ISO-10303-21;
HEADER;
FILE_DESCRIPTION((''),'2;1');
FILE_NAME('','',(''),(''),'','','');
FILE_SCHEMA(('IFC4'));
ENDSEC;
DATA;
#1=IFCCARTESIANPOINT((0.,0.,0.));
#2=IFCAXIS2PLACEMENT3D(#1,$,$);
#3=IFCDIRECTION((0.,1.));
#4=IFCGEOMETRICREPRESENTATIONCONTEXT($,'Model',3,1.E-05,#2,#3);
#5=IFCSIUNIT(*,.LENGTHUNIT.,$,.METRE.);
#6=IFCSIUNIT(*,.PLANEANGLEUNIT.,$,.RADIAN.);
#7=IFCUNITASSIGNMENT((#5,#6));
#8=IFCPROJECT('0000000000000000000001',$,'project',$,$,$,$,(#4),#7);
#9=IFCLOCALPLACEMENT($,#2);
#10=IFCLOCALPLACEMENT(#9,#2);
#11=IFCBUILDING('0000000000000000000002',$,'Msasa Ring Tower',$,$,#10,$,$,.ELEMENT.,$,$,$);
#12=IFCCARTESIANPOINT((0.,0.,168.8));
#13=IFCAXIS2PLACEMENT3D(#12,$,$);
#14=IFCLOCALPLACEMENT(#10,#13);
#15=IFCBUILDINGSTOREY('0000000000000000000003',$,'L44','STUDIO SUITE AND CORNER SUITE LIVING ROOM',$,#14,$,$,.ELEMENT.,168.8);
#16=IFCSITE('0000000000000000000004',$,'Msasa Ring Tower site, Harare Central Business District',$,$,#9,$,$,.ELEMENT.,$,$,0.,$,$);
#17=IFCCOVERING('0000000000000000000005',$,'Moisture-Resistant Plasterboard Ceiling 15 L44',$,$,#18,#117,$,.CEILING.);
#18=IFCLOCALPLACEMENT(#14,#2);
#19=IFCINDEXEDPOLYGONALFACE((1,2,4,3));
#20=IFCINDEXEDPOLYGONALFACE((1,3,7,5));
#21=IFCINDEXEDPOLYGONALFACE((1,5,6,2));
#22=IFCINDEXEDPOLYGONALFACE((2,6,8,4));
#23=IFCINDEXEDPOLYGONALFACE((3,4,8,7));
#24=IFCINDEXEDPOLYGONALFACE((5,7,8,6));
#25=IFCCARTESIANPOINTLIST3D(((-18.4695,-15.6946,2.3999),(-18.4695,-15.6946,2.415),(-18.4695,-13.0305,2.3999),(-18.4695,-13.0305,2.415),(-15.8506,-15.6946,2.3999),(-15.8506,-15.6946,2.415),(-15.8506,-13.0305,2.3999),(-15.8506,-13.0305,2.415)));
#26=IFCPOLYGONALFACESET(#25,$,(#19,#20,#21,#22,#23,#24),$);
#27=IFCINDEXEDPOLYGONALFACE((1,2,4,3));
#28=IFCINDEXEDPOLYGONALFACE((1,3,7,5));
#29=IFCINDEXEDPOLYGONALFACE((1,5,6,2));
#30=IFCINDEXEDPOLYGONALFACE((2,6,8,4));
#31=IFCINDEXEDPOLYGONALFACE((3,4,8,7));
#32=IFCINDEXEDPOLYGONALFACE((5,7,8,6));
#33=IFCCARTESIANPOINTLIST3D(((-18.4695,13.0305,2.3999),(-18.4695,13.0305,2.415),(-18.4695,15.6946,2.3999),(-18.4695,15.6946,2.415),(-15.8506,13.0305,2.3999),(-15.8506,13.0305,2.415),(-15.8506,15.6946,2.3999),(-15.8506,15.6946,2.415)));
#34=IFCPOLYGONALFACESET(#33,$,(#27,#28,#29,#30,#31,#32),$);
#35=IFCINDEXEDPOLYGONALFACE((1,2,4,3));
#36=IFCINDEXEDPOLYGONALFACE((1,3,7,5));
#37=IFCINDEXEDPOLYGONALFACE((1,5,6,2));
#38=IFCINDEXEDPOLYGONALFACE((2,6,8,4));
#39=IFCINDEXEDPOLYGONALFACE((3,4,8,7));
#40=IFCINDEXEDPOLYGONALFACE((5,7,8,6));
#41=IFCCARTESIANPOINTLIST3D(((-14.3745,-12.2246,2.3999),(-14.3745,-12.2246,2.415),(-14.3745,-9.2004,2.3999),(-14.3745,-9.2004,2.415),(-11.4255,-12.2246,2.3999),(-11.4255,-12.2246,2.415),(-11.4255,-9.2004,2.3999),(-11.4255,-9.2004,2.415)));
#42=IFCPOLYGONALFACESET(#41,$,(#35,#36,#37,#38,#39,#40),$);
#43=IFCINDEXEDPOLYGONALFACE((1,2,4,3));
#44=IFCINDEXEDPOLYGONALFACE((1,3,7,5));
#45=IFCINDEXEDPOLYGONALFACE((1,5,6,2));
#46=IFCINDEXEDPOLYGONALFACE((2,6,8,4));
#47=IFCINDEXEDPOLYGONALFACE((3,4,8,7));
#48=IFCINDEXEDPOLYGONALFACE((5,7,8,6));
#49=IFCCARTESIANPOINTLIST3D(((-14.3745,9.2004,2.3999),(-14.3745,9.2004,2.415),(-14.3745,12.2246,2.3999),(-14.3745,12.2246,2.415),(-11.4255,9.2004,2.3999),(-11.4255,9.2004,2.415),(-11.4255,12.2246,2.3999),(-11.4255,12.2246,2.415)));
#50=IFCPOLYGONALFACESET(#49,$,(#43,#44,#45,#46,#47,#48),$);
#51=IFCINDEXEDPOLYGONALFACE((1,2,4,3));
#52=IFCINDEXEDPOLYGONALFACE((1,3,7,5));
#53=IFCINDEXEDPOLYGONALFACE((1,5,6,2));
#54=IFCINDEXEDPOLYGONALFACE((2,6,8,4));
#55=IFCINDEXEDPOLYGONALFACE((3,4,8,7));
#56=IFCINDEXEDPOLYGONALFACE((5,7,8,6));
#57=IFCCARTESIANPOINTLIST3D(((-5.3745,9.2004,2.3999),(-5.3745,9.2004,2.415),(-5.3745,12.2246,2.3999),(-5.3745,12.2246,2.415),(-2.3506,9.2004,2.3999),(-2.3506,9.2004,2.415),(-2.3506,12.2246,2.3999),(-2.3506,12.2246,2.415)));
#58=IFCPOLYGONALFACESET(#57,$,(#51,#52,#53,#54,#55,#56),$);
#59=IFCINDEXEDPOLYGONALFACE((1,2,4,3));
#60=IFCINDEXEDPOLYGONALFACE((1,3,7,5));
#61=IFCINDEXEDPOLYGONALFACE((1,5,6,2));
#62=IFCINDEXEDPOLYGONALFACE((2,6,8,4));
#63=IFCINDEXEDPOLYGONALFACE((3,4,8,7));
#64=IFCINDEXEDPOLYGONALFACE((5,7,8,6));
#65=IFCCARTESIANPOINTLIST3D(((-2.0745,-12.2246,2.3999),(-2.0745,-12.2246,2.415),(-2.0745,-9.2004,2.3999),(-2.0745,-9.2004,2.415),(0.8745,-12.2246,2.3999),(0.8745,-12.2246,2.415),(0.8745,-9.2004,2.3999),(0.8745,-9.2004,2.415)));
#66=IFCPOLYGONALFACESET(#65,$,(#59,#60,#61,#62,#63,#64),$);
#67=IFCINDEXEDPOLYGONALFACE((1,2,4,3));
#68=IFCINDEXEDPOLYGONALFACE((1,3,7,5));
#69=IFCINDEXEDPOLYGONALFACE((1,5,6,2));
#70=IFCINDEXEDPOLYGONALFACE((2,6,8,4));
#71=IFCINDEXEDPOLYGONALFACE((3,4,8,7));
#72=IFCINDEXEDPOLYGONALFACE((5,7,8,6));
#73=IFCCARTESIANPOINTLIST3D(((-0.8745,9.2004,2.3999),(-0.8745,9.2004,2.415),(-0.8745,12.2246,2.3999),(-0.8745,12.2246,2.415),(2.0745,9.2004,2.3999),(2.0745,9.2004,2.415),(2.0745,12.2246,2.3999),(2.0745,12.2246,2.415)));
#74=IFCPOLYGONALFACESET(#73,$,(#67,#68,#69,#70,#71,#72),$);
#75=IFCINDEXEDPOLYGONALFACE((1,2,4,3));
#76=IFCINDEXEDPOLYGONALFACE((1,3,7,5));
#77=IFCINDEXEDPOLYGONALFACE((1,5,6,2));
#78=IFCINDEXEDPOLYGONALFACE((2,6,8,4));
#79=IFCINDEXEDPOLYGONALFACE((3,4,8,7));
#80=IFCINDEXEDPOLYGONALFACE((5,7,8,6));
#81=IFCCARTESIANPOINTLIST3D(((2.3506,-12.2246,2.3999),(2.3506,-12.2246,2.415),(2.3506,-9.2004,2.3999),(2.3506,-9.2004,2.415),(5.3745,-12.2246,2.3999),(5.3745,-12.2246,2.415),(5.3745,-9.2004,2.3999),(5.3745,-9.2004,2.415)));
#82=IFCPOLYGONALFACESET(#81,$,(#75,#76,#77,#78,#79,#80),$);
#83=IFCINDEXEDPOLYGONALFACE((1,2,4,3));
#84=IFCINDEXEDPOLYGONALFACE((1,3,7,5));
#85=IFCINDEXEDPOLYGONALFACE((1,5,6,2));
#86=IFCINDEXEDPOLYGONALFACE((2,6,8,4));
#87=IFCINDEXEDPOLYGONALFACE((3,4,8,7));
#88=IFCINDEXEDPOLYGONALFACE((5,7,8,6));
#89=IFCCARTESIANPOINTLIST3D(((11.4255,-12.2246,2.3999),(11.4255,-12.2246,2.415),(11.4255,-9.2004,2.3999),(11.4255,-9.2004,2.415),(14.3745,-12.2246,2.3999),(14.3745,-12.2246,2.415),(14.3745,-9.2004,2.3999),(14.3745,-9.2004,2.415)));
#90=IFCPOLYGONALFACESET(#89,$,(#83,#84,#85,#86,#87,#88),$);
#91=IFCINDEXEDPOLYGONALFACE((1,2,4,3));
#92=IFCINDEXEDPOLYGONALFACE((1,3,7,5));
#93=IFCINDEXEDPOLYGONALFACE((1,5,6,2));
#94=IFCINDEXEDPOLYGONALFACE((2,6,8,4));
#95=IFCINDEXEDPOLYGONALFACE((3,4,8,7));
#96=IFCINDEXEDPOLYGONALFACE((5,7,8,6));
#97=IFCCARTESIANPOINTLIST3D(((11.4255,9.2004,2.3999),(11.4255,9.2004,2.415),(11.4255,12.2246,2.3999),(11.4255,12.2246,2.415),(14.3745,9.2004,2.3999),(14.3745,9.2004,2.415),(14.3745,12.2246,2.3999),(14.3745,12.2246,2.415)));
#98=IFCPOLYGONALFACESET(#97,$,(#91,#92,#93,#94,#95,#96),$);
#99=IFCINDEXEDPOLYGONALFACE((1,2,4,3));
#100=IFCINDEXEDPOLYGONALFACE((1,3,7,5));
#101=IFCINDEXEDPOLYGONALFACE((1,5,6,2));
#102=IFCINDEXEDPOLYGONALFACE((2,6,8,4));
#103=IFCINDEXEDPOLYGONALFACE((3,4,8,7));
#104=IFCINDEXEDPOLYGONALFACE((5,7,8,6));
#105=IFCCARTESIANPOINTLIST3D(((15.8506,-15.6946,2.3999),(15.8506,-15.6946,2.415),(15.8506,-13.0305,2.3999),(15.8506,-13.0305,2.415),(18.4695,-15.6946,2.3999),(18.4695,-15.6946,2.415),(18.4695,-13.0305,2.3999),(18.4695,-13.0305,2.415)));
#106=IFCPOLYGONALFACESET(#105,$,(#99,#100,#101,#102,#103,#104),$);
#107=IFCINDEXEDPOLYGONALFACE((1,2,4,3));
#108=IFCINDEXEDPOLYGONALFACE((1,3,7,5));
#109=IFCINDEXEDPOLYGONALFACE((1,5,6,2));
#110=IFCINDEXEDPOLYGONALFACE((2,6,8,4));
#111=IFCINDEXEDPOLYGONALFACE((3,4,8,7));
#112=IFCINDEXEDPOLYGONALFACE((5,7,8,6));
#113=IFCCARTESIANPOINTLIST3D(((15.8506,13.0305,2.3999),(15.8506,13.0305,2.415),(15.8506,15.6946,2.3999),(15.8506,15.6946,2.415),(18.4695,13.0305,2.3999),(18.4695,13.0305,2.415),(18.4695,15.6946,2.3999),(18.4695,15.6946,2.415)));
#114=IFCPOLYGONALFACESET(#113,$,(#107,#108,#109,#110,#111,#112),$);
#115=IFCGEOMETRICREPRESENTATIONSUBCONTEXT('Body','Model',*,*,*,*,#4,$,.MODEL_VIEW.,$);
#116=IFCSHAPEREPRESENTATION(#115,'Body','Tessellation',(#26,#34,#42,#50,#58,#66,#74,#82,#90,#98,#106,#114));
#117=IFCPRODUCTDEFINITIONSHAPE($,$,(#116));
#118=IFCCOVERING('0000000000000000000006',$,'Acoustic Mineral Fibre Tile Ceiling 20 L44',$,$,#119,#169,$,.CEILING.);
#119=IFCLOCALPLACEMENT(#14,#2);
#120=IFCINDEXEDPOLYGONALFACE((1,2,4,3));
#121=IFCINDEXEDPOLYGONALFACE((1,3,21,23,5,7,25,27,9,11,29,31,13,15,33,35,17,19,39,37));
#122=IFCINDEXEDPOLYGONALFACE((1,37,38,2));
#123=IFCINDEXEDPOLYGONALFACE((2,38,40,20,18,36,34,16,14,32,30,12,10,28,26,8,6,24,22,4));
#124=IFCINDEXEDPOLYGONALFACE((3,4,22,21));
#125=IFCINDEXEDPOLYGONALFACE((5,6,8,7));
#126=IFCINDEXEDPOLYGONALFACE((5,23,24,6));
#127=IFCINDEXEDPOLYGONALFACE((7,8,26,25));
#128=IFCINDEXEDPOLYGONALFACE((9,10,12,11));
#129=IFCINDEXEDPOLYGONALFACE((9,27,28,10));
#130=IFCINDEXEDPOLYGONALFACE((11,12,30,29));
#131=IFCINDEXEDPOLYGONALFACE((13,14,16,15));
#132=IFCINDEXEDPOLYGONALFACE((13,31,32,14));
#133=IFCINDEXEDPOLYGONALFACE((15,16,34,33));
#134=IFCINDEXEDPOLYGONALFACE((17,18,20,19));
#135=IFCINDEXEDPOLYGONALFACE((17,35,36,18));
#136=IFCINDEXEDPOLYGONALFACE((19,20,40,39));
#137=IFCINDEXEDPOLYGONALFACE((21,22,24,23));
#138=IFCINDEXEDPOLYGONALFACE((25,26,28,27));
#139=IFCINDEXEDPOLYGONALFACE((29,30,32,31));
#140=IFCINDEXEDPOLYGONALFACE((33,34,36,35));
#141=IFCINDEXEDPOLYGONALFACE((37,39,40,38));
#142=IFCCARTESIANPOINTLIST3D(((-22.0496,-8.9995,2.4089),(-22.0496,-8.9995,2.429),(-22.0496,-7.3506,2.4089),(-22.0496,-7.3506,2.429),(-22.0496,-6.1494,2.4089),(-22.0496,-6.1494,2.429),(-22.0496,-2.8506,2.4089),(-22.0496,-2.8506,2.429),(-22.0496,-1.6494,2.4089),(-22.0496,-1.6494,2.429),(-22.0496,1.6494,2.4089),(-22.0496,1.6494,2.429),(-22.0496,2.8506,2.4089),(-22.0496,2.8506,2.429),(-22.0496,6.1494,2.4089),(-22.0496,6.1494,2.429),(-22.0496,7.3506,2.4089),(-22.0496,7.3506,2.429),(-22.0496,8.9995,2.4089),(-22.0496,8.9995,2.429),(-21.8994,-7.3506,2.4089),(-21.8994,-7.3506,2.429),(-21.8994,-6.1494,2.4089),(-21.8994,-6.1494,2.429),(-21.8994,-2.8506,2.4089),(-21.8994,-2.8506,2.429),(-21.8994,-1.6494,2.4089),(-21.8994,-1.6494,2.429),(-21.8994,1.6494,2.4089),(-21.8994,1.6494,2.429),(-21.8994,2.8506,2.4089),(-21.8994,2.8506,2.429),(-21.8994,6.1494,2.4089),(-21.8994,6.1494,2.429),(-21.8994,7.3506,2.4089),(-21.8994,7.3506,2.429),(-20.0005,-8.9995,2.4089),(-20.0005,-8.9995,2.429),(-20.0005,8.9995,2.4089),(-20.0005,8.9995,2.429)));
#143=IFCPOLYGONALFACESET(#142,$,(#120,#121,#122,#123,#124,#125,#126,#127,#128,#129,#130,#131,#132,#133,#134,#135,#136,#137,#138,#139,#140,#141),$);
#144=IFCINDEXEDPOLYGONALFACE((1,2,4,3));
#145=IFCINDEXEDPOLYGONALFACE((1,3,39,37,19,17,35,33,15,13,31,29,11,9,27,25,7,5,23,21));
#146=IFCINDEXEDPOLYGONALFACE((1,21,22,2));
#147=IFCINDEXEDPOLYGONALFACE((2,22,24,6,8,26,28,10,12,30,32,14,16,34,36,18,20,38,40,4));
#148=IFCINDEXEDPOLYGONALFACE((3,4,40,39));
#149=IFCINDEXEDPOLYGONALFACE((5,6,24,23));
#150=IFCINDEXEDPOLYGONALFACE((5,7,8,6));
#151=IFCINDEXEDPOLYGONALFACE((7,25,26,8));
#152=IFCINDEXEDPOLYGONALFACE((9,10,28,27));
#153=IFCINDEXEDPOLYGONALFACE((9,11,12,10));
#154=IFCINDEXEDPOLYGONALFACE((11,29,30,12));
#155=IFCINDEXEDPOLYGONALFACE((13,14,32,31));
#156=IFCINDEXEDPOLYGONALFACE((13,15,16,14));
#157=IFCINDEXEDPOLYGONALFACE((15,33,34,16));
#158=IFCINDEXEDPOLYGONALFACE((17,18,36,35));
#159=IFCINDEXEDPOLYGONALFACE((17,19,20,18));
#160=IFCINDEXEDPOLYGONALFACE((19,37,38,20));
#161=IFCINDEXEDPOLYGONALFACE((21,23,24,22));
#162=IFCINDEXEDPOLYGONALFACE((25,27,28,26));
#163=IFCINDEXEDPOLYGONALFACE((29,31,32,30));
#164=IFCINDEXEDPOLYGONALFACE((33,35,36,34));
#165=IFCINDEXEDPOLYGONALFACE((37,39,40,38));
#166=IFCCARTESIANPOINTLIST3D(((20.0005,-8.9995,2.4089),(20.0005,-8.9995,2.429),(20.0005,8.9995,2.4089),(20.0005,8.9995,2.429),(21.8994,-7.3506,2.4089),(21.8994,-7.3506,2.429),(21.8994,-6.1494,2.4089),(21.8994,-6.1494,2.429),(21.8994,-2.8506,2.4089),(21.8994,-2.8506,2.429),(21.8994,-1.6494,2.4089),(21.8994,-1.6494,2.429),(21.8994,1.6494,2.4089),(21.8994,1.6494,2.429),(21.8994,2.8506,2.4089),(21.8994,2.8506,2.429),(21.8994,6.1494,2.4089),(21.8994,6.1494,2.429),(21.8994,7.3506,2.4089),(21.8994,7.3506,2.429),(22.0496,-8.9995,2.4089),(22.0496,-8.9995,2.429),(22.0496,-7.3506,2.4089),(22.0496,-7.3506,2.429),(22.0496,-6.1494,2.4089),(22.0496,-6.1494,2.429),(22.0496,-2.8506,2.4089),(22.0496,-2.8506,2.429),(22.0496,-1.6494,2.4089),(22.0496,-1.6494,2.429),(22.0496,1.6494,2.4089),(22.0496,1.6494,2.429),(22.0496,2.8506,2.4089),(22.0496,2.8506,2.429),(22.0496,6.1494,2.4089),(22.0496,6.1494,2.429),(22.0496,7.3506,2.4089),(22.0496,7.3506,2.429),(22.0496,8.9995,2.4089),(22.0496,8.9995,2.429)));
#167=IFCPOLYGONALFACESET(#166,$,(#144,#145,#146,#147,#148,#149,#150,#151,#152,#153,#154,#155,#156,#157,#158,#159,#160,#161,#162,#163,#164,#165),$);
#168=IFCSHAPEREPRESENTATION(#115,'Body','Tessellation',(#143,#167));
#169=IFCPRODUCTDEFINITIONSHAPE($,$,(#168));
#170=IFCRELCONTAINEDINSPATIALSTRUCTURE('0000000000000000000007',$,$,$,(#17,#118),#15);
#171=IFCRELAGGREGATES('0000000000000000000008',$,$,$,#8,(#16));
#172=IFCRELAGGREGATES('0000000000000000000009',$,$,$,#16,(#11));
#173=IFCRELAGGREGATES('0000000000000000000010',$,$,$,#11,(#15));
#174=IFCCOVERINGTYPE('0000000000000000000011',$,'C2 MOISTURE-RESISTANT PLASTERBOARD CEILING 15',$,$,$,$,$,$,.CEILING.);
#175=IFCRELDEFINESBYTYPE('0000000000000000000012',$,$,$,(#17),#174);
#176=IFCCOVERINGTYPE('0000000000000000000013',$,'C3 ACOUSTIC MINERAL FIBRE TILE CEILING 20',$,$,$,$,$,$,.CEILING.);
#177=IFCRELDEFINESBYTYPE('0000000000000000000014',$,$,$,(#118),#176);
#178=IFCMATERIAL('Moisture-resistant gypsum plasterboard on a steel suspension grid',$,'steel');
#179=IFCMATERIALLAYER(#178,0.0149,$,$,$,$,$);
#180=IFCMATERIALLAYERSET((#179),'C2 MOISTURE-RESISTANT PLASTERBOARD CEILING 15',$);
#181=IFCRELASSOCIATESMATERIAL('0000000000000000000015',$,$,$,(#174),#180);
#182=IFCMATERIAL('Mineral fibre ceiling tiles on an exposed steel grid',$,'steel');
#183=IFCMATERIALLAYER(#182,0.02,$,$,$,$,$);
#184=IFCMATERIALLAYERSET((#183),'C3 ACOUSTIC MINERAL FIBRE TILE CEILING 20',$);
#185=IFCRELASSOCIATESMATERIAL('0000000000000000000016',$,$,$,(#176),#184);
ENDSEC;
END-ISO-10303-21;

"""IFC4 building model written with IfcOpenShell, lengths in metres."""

from ifc_helpers import new_model, si_unit, direction, frame, origin, place, context, subcontext, project, spatial, line, indexed_curve, outline, extrude, material, layer, layer_set, type_object, element, save


model = new_model("IFC4")

# Units and contexts
model_context = context("Model", 3, precision=1e-05, world=origin(), true_north=direction((0.0, 1.0)))
body_context = subcontext(model_context, "Body", "Model", "MODEL_VIEW")
ifc_project = project(units=[si_unit("LENGTHUNIT", "METRE"), si_unit("PLANEANGLEUNIT", "RADIAN")], contexts=[model_context])

# Site, building, storey
site_placement = place(None, origin())
site = spatial("IfcSite", under=ifc_project, at=site_placement, Name="Msasa Ring Tower site, Harare Central Business District", CompositionType="ELEMENT", RefElevation=0.0)
building_placement = place(site_placement, origin())
building = spatial("IfcBuilding", under=site, at=building_placement, Name="Msasa Ring Tower", CompositionType="ELEMENT")
storey_placement = place(building_placement, frame((0.0, 0.0, 168.8)))
storey = spatial("IfcBuildingStorey", under=building, at=storey_placement, Name="L44", Description="STUDIO SUITE AND CORNER SUITE LIVING ROOM", CompositionType="ELEMENT", Elevation=168.8)

# Coverings
ifc_material_1 = material(Name="Moisture-resistant gypsum plasterboard on a steel suspension grid", Category="steel")
ifc_layer_1 = layer(ifc_material_1, 0.0149)
ifc_layer_set_1 = layer_set([ifc_layer_1], Name="C2 MOISTURE-RESISTANT PLASTERBOARD CEILING 15")
covering_type_1 = type_object("IfcCoveringType", Name="C2 MOISTURE-RESISTANT PLASTERBOARD CEILING 15", PredefinedType="CEILING", material=ifc_layer_set_1)
covering_1_placement = place(storey_placement, frame((0.0, 0.0, 2.3999)))
element("IfcCovering", 1, at=covering_1_placement, inside=storey, type_object=covering_type_1, Name="Moisture-Resistant Plasterboard Ceiling 15 L44", PredefinedType="CEILING", context=body_context, shape_type="SweptSolid", body=[
    extrude(outline(indexed_curve([(-18.4695, -15.6946), (-18.4695, -13.0305), (-15.8506, -13.0305), (-15.8506, -15.6946)], segments=[line(1, 2, 3, 4, 1)], self_intersect=False)), origin(), (0.0, 0.0, 1.0), 0.0151),
    extrude(outline(indexed_curve([(-18.4695, 15.6946), (-15.8506, 15.6946), (-15.8506, 13.0305), (-18.4695, 13.0305)], segments=[line(1, 2, 3, 4, 1)], self_intersect=False)), origin(), (0.0, 0.0, 1.0), 0.0151),
    extrude(outline(indexed_curve([(-11.4255, -9.2004), (-11.4255, -12.2246), (-14.3745, -12.2246), (-14.3745, -9.2004)], segments=[line(1, 2, 3, 4, 1)], self_intersect=False)), origin(), (0.0, 0.0, 1.0), 0.0151),
    extrude(outline(indexed_curve([(-14.3745, 9.2004), (-14.3745, 12.2246), (-11.4255, 12.2246), (-11.4255, 9.2004)], segments=[line(1, 2, 3, 4, 1)], self_intersect=False)), origin(), (0.0, 0.0, 1.0), 0.0151),
    extrude(outline(indexed_curve([(-2.3506, 9.2004), (-5.3745, 9.2004), (-5.3745, 12.2246), (-2.3506, 12.2246)], segments=[line(1, 2, 3, 4, 1)], self_intersect=False)), origin(), (0.0, 0.0, 1.0), 0.0151),
    extrude(outline(indexed_curve([(0.8745, -9.2004), (0.8745, -12.2246), (-2.0745, -12.2246), (-2.0745, -9.2004)], segments=[line(1, 2, 3, 4, 1)], self_intersect=False)), origin(), (0.0, 0.0, 1.0), 0.0151),
    extrude(outline(indexed_curve([(-0.8745, 9.2004), (-0.8745, 12.2246), (2.0745, 12.2246), (2.0745, 9.2004)], segments=[line(1, 2, 3, 4, 1)], self_intersect=False)), origin(), (0.0, 0.0, 1.0), 0.0151),
    extrude(outline(indexed_curve([(2.3506, -9.2004), (5.3745, -9.2004), (5.3745, -12.2246), (2.3506, -12.2246)], segments=[line(1, 2, 3, 4, 1)], self_intersect=False)), origin(), (0.0, 0.0, 1.0), 0.0151),
    extrude(outline(indexed_curve([(14.3745, -9.2004), (14.3745, -12.2246), (11.4255, -12.2246), (11.4255, -9.2004)], segments=[line(1, 2, 3, 4, 1)], self_intersect=False)), origin(), (0.0, 0.0, 1.0), 0.0151),
    extrude(outline(indexed_curve([(11.4255, 9.2004), (11.4255, 12.2246), (14.3745, 12.2246), (14.3745, 9.2004)], segments=[line(1, 2, 3, 4, 1)], self_intersect=False)), origin(), (0.0, 0.0, 1.0), 0.0151),
    extrude(outline(indexed_curve([(15.8506, -15.6946), (15.8506, -13.0305), (18.4695, -13.0305), (18.4695, -15.6946)], segments=[line(1, 2, 3, 4, 1)], self_intersect=False)), origin(), (0.0, 0.0, 1.0), 0.0151),
    extrude(outline(indexed_curve([(15.8506, 15.6946), (18.4695, 15.6946), (18.4695, 13.0305), (15.8506, 13.0305)], segments=[line(1, 2, 3, 4, 1)], self_intersect=False)), origin(), (0.0, 0.0, 1.0), 0.0151),
])
ifc_material_2 = material(Name="Mineral fibre ceiling tiles on an exposed steel grid", Category="steel")
ifc_layer_2 = layer(ifc_material_2, 0.02)
ifc_layer_set_2 = layer_set([ifc_layer_2], Name="C3 ACOUSTIC MINERAL FIBRE TILE CEILING 20")
covering_type_2 = type_object("IfcCoveringType", Name="C3 ACOUSTIC MINERAL FIBRE TILE CEILING 20", PredefinedType="CEILING", material=ifc_layer_set_2)
covering_2_placement = place(storey_placement, frame((0.0, 0.0, 2.4089)))
element("IfcCovering", 2, at=covering_2_placement, inside=storey, type_object=covering_type_2, Name="Acoustic Mineral Fibre Tile Ceiling 20 L44", PredefinedType="CEILING", context=body_context, shape_type="SweptSolid", body=[
    extrude(outline(indexed_curve([(-22.0496, -8.9995), (-22.0496, -7.3506), (-21.8994, -7.3506), (-21.8994, -6.1494), (-22.0496, -6.1494), (-22.0496, -2.8506), (-21.8994, -2.8506), (-21.8994, -1.6494), (-22.0496, -1.6494), (-22.0496, 1.6494), (-21.8994, 1.6494), (-21.8994, 2.8506), (-22.0496, 2.8506), (-22.0496, 6.1494), (-21.8994, 6.1494), (-21.8994, 7.3506), (-22.0496, 7.3506), (-22.0496, 8.9995), (-20.0005, 8.9995), (-20.0005, -8.9995)], segments=[line(1, 2, 3, 4, 5, 6, 7, 8, 9, 10, 11, 12, 13, 14, 15, 16, 17, 18, 19, 20, 1)], self_intersect=False)), origin(), (0.0, 0.0, 1.0), 0.02),
    extrude(outline(indexed_curve([(20.0005, 8.9995), (22.0496, 8.9995), (22.0496, 7.3506), (21.8994, 7.3506), (21.8994, 6.1494), (22.0496, 6.1494), (22.0496, 2.8506), (21.8994, 2.8506), (21.8994, 1.6494), (22.0496, 1.6494), (22.0496, -1.6494), (21.8994, -1.6494), (21.8994, -2.8506), (22.0496, -2.8506), (22.0496, -6.1494), (21.8994, -6.1494), (21.8994, -7.3506), (22.0496, -7.3506), (22.0496, -8.9995), (20.0005, -8.9995)], segments=[line(1, 2, 3, 4, 5, 6, 7, 8, 9, 10, 11, 12, 13, 14, 15, 16, 17, 18, 19, 20, 1)], self_intersect=False)), origin(), (0.0, 0.0, 1.0), 0.02),
])

save(model, "model.ifc")
